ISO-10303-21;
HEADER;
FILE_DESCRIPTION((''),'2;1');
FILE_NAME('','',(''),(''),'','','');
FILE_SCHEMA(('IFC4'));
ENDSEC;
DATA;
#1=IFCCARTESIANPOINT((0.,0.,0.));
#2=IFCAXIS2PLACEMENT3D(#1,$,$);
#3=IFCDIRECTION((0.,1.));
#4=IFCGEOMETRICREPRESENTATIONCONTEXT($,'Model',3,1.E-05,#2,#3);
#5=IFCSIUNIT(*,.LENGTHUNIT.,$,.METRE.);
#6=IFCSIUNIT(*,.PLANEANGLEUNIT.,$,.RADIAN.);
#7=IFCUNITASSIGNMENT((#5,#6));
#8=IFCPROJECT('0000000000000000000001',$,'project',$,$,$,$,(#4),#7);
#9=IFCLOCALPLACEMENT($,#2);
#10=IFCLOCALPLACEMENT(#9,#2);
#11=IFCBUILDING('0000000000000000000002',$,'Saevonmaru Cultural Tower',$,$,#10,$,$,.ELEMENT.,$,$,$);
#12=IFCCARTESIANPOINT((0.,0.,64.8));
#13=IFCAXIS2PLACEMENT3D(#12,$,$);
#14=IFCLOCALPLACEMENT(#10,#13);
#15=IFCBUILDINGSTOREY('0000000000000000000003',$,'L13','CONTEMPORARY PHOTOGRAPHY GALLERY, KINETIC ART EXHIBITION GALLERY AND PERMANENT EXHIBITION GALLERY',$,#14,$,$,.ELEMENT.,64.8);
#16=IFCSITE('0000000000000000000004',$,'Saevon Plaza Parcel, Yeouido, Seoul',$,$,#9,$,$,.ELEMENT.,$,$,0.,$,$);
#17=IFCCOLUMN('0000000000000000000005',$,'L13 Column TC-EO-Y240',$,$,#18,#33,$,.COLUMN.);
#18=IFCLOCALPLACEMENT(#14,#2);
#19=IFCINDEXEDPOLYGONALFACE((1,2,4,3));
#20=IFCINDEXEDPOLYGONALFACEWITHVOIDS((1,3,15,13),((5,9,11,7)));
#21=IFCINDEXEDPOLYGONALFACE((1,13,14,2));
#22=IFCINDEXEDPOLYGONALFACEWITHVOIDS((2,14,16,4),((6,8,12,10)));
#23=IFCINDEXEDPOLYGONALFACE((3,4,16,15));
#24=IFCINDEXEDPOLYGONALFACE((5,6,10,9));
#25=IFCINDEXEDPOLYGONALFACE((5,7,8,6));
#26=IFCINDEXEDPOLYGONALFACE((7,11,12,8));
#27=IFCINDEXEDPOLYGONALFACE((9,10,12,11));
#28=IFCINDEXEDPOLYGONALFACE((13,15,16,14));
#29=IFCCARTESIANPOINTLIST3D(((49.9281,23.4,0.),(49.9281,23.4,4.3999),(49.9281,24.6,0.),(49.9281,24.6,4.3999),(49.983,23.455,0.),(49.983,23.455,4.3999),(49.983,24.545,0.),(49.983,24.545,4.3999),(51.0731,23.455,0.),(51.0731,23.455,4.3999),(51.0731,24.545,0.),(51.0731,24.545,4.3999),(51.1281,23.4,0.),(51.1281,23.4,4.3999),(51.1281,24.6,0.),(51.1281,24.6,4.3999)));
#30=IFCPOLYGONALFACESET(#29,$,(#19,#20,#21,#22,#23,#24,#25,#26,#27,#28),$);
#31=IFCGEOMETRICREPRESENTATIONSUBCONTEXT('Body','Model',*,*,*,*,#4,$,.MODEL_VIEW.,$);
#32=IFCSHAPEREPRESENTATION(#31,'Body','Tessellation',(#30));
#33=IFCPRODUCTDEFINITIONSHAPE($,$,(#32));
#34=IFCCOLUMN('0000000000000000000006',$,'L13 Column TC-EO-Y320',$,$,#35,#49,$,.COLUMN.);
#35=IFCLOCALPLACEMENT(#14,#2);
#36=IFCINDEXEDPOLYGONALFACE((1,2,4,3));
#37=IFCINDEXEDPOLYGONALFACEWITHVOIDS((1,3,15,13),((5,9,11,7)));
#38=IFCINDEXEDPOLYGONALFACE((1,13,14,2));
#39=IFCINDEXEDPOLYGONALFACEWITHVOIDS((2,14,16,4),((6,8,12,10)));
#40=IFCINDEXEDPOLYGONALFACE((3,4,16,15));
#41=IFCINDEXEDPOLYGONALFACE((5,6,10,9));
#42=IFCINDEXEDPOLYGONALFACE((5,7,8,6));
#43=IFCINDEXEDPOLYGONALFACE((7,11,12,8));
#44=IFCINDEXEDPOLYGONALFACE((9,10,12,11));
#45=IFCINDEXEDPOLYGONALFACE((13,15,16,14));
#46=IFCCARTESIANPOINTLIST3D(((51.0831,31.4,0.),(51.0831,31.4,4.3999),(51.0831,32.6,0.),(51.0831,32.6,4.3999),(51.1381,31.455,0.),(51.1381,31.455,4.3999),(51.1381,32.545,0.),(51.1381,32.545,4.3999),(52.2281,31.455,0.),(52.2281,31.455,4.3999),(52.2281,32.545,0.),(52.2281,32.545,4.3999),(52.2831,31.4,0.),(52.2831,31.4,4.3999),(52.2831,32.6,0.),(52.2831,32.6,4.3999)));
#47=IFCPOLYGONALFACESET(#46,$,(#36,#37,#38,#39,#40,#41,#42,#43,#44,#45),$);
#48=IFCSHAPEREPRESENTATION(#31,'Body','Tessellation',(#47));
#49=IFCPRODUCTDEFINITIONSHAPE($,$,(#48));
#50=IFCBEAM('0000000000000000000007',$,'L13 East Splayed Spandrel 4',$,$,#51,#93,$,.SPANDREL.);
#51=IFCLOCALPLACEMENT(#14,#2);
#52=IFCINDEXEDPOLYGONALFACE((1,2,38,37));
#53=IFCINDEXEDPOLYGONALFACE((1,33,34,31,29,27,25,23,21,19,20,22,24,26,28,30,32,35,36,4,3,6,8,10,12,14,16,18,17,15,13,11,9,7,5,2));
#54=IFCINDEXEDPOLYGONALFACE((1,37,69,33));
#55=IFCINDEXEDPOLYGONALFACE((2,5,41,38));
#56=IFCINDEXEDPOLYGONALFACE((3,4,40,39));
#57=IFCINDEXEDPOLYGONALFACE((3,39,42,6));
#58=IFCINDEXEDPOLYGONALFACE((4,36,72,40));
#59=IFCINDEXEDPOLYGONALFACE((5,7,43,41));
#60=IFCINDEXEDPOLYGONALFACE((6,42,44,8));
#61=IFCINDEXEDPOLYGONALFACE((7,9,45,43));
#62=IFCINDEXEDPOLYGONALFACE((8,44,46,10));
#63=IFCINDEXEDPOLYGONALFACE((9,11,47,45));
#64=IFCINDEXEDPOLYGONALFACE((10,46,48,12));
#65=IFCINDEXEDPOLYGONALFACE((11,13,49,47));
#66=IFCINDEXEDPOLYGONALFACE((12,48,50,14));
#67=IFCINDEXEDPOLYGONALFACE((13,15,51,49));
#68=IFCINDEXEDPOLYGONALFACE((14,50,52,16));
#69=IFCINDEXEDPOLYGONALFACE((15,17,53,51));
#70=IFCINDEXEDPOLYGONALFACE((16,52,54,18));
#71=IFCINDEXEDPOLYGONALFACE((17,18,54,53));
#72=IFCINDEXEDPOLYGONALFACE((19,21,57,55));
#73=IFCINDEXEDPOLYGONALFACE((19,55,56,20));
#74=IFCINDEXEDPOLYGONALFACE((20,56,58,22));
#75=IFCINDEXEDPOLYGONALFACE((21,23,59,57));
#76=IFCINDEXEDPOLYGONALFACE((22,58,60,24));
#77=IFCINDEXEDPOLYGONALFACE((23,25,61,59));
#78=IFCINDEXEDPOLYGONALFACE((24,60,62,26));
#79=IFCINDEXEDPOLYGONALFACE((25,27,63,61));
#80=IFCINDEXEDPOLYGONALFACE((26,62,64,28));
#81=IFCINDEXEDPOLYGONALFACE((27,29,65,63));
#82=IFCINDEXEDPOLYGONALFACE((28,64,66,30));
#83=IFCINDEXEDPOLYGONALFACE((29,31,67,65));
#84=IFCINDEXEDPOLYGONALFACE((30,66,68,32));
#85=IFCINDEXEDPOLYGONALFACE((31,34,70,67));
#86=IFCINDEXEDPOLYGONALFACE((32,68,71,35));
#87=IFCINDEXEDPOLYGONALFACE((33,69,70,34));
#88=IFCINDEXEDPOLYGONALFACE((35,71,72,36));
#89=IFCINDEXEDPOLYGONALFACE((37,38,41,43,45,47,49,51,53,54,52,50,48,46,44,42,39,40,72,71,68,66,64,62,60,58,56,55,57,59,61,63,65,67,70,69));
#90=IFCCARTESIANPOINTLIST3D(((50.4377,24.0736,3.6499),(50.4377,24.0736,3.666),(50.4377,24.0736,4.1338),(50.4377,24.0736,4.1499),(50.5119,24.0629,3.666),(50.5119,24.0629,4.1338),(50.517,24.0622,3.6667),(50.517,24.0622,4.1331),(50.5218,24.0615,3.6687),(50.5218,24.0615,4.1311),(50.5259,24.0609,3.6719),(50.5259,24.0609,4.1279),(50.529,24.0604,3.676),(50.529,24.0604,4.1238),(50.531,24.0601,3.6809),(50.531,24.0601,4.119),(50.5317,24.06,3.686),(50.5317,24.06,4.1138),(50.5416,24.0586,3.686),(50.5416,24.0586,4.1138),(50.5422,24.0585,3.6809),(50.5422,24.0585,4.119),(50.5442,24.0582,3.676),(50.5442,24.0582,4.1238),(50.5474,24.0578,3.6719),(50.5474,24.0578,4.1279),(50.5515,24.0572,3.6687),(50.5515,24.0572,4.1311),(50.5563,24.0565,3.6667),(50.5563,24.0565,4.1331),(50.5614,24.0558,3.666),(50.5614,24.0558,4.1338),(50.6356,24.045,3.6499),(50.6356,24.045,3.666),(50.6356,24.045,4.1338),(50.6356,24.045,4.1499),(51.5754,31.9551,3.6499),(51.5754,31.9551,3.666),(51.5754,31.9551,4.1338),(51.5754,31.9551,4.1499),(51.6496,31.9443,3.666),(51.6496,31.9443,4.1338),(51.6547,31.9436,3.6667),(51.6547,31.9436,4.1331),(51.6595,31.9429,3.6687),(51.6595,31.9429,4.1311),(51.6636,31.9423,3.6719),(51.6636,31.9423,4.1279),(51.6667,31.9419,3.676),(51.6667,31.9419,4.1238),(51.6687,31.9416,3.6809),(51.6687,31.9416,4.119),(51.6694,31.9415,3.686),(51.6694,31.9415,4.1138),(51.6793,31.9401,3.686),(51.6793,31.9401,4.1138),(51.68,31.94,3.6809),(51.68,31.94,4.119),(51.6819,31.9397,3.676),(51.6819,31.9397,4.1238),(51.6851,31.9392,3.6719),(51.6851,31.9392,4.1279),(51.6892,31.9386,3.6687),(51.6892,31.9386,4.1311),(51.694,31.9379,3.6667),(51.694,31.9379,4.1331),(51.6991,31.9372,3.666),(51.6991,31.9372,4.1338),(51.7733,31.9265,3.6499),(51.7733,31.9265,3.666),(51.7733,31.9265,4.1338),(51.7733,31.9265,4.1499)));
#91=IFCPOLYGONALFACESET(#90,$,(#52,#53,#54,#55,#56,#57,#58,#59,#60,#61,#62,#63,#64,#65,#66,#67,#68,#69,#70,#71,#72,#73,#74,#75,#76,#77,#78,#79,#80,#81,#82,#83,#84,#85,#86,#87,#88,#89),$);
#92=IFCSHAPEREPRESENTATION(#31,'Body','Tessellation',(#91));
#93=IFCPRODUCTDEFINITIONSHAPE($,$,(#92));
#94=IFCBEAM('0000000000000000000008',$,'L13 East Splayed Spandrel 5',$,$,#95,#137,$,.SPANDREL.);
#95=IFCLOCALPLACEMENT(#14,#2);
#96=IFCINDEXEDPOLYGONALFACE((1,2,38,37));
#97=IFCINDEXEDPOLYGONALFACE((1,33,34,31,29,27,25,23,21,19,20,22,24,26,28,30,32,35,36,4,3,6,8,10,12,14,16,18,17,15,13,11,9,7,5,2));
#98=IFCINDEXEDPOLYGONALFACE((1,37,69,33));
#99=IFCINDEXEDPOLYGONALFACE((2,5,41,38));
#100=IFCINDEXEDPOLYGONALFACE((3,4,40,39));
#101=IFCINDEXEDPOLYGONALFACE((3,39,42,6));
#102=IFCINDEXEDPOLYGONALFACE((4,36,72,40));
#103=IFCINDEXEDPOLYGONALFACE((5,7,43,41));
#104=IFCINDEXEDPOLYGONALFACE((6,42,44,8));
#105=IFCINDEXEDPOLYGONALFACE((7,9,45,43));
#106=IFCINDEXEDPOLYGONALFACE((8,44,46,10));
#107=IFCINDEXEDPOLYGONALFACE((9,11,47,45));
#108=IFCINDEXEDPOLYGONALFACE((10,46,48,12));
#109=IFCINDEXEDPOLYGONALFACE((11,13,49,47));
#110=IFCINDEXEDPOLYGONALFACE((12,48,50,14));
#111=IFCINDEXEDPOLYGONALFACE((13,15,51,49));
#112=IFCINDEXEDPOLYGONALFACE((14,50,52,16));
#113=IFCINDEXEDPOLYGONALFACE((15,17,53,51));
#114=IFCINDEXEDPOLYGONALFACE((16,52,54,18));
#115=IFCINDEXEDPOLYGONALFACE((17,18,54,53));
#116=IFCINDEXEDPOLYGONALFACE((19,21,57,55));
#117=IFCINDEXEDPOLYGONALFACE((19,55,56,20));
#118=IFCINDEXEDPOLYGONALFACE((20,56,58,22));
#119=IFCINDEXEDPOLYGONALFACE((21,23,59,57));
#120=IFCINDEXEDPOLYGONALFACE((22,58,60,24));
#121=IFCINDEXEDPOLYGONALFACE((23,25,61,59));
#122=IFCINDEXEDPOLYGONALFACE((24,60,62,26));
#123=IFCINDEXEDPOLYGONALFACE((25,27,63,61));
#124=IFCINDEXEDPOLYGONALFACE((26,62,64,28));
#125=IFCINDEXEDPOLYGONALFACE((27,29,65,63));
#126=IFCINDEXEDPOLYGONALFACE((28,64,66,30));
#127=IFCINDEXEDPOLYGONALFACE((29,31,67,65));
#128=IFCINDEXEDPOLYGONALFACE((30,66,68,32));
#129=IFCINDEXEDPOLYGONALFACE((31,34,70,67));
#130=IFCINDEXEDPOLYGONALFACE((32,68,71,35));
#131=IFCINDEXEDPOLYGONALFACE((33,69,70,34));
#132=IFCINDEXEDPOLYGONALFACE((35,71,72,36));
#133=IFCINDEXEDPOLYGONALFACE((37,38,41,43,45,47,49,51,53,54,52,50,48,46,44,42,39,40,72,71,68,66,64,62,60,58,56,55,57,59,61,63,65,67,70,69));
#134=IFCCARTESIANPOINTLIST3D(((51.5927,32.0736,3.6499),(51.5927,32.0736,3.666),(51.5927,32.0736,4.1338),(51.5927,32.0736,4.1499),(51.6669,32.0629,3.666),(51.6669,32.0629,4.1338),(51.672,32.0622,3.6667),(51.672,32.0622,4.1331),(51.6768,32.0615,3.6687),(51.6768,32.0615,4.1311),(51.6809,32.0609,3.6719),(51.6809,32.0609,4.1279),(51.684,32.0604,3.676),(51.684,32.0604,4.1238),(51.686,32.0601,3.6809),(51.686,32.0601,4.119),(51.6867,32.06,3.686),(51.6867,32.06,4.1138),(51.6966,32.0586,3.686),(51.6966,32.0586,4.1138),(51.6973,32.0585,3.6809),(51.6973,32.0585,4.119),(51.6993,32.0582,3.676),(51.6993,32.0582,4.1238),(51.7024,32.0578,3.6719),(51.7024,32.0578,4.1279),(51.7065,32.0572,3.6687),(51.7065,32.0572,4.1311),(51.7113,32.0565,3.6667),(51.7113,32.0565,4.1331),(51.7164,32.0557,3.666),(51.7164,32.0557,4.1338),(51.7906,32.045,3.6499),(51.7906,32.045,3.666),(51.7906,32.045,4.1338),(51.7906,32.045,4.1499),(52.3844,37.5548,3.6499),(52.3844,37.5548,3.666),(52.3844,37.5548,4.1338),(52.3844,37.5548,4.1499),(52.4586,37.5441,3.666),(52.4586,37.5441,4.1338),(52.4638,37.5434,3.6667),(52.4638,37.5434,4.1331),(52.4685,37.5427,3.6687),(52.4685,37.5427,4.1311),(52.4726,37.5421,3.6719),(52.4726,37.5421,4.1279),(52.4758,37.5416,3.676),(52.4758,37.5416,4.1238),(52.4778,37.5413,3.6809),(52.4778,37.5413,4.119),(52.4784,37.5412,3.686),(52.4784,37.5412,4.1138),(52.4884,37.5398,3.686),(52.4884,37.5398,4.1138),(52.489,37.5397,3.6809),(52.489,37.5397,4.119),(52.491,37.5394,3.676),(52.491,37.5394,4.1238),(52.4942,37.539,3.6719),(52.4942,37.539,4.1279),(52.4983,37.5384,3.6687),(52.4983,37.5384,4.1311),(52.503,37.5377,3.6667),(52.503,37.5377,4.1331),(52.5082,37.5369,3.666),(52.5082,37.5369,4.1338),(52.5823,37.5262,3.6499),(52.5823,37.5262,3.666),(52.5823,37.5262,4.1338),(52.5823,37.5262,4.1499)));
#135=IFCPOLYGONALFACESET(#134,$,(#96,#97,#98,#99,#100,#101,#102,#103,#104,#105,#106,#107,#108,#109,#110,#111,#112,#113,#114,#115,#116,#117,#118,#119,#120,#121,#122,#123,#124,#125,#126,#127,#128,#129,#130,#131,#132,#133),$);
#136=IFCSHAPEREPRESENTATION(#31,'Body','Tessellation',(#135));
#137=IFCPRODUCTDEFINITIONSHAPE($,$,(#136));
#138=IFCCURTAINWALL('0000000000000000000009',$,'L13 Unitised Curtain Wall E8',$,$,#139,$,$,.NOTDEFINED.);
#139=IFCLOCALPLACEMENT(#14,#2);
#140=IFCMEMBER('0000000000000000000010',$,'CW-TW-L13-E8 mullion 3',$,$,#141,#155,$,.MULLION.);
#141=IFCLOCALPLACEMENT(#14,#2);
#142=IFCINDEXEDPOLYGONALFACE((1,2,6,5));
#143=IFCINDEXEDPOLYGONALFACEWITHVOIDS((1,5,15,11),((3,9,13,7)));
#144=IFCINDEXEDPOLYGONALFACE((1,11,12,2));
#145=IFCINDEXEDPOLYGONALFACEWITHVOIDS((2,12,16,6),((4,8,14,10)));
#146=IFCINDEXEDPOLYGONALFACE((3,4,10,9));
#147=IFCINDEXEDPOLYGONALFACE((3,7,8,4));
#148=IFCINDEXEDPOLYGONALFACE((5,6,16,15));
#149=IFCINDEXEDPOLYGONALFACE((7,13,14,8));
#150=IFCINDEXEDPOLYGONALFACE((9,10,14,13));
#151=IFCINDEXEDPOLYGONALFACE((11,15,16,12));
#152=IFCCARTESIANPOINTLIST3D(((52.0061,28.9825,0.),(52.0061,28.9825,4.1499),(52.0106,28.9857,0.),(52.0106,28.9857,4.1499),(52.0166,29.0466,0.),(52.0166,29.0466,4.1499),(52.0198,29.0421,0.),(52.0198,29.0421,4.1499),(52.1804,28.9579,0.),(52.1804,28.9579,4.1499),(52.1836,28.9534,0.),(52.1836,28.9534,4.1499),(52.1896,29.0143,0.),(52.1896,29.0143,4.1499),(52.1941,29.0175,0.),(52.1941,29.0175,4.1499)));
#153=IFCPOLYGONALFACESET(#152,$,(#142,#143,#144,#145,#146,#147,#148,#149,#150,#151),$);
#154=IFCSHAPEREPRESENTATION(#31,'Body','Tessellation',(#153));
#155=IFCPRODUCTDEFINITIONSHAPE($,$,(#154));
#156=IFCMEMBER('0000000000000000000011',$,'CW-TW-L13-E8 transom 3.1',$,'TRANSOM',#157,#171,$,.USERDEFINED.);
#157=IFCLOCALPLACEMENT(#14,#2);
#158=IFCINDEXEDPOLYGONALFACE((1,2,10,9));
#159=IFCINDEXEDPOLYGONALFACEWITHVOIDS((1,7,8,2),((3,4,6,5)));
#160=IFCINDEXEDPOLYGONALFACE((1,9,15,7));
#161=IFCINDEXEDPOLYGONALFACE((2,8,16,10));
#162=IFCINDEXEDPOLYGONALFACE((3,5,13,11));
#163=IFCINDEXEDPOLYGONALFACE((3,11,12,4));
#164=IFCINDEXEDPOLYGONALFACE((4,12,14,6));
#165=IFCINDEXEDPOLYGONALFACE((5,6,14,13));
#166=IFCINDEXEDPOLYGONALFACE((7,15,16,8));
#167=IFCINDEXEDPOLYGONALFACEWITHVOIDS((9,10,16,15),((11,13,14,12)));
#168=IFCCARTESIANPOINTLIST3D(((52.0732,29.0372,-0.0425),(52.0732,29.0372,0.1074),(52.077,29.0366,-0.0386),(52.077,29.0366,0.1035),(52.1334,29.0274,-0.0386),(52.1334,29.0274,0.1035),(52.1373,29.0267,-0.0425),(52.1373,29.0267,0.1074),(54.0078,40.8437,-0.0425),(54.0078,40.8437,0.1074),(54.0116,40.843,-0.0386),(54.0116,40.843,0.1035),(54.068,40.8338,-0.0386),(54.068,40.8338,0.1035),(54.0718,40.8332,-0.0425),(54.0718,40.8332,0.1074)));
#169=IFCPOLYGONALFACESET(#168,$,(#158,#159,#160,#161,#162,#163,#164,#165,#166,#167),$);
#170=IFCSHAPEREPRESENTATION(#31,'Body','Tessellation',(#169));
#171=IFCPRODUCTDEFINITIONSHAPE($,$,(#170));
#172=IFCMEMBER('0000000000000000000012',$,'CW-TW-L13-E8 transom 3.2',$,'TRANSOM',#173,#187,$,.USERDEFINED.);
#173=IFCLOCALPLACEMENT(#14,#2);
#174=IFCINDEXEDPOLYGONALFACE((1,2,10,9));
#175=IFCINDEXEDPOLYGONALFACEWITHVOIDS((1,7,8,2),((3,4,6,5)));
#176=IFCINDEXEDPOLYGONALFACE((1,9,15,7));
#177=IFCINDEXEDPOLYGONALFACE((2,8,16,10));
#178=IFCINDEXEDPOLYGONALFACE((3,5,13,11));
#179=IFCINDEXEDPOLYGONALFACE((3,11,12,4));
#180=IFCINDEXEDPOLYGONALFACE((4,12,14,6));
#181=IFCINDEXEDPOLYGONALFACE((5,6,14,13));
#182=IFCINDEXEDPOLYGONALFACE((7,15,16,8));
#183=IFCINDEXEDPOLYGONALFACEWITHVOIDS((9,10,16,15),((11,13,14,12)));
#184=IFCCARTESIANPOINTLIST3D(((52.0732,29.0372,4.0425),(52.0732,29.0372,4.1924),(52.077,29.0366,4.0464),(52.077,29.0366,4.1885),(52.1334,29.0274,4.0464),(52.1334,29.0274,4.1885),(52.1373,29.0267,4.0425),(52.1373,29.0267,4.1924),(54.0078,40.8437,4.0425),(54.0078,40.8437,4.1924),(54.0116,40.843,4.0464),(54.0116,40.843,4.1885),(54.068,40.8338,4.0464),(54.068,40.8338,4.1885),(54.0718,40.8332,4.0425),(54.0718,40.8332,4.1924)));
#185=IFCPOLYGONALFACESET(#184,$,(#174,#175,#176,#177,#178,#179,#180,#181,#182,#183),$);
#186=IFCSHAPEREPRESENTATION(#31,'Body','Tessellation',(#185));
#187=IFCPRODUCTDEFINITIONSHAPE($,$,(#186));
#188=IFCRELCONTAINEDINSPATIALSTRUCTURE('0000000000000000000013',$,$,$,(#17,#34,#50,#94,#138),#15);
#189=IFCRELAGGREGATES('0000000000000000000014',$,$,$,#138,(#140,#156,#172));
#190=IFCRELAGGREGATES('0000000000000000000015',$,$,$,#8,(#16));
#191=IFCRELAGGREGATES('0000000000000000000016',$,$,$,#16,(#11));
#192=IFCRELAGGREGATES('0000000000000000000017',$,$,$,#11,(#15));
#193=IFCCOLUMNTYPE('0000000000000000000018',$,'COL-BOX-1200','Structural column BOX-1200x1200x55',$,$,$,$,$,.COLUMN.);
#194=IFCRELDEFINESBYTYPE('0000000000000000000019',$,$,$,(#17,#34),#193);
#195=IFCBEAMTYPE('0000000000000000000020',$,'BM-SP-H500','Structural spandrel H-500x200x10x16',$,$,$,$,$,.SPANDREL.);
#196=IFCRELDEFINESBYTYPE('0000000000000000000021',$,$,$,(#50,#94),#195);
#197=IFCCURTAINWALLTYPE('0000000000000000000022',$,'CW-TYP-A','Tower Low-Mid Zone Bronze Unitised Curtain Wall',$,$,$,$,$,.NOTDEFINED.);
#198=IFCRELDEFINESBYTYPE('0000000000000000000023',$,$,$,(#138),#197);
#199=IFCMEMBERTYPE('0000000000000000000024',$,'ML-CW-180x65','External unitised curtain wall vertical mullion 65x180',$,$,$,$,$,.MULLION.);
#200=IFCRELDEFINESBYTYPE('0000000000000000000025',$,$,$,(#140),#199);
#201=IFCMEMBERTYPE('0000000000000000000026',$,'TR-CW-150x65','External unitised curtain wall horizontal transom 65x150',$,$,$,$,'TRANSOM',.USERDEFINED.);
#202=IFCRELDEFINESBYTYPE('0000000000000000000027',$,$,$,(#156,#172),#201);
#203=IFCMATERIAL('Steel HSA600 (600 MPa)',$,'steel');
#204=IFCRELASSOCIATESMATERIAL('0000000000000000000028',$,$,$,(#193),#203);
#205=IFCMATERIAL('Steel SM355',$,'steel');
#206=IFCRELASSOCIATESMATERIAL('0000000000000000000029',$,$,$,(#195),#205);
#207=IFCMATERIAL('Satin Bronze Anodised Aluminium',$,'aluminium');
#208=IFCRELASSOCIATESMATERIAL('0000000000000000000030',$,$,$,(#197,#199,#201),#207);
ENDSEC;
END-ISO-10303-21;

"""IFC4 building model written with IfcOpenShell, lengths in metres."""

from ifc_helpers import new_model, si_unit, direction, frame, origin, origin_2d, place, context, subcontext, project, spatial, hollow_rectangle, i_section, extrude, material, material_profile, profile_set, type_object, element, aggregate, save


model = new_model("IFC4")

# Units and contexts
model_context = context("Model", 3, precision=1e-05, world=origin(), true_north=direction((0.0, 1.0)))
body_context = subcontext(model_context, "Body", "Model", "MODEL_VIEW")
ifc_project = project(units=[si_unit("LENGTHUNIT", "METRE"), si_unit("PLANEANGLEUNIT", "RADIAN")], contexts=[model_context])

# Site, building, storey
site_placement = place(None, origin())
site = spatial("IfcSite", under=ifc_project, at=site_placement, Name="Saevon Plaza Parcel, Yeouido, Seoul", CompositionType="ELEMENT", RefElevation=0.0)
building_placement = place(site_placement, origin())
building = spatial("IfcBuilding", under=site, at=building_placement, Name="Saevonmaru Cultural Tower", CompositionType="ELEMENT")
storey_placement = place(building_placement, frame((0.0, 0.0, 64.8)))
storey = spatial("IfcBuildingStorey", under=building, at=storey_placement, Name="L13", Description="CONTEMPORARY PHOTOGRAPHY GALLERY, KINETIC ART EXHIBITION GALLERY AND PERMANENT EXHIBITION GALLERY", CompositionType="ELEMENT", Elevation=64.8)

# Columns
ifc_material_1 = material(Name="Steel HSA600 (600 MPa)", Category="steel")
ifc_material_profile_1 = material_profile(ifc_material_1, hollow_rectangle(XDim=1.2, YDim=1.2, WallThickness=0.0549, at=origin_2d()), Name="BOX-1200x1200x55")
ifc_profile_set_1 = profile_set([ifc_material_profile_1], Name="Steel HSA600 (600 MPa)")
column_type = type_object("IfcColumnType", Name="COL-BOX-1200", Description="Structural column BOX-1200x1200x55", PredefinedType="COLUMN", material=ifc_profile_set_1)
for number, where, z_axis, x_axis, name in (
    (1, (50.5281, 24.0, 0.0), (0.0, 0.0, 1.0), (1.0, 0.0, 0.0), "L13 Column TC-EO-Y240"),
    (2, (51.6831, 32.0, 0.0), (0.0, 0.0, 1.0), (1.0, 0.0, 0.0), "L13 Column TC-EO-Y320"),
):
    element("IfcColumn", number, at=place(storey_placement, frame(where, z_axis=z_axis, x_axis=x_axis)), inside=storey, type_object=column_type, Name=name, PredefinedType="COLUMN", context=body_context, shape_type="SweptSolid", body=[
        extrude(hollow_rectangle(XDim=1.2, YDim=1.2, WallThickness=0.0549, at=origin_2d()), origin(), (0.0, 0.0, 1.0), 4.3999),
    ])

# Beams
ifc_material_2 = material(Name="Steel SM355", Category="steel")
ifc_material_profile_2 = material_profile(ifc_material_2, i_section(OverallWidth=0.2, OverallDepth=0.5, WebThickness=0.01, FlangeThickness=0.0161, FilletRadius=0.02, at=origin_2d()), Name="H-500x200x10x16")
ifc_profile_set_2 = profile_set([ifc_material_profile_2], Name="Steel SM355")
beam_type = type_object("IfcBeamType", Name="BM-SP-H500", Description="Structural spandrel H-500x200x10x16", PredefinedType="SPANDREL", material=ifc_profile_set_2)
beam_1_placement = place(storey_placement, frame((50.5366, 24.0593, 3.8999), z_axis=(0.142872, 0.989741, 0.0), x_axis=(-0.989741, 0.142872, 0.0)))
element("IfcBeam", 3, at=beam_1_placement, inside=storey, type_object=beam_type, Name="L13 East Splayed Spandrel 4", PredefinedType="SPANDREL", context=body_context, shape_type="SweptSolid", body=[
    extrude(i_section(OverallWidth=0.2, OverallDepth=0.5, WebThickness=0.01, FlangeThickness=0.0161, FilletRadius=0.02, at=origin_2d()), origin(), (0.0, 0.0, 1.0), 7.9631),
])
beam_2_placement = place(storey_placement, frame((51.6917, 32.0593, 3.8999), z_axis=(0.142964, 0.989728, 0.0), x_axis=(-0.989728, 0.142964, 0.0)))
element("IfcBeam", 4, at=beam_2_placement, inside=storey, type_object=beam_type, Name="L13 East Splayed Spandrel 5", PredefinedType="SPANDREL", context=body_context, shape_type="SweptSolid", body=[
    extrude(i_section(OverallWidth=0.2, OverallDepth=0.5, WebThickness=0.01, FlangeThickness=0.0161, FilletRadius=0.02, at=origin_2d()), origin(), (0.0, 0.0, 1.0), 5.5381),
])

# Curtain wall, members
ifc_material_3 = material(Name="Satin Bronze Anodised Aluminium", Category="aluminium")
curtain_wall_type = type_object("IfcCurtainWallType", Name="CW-TYP-A", Description="Tower Low-Mid Zone Bronze Unitised Curtain Wall", PredefinedType="NOTDEFINED", material=ifc_material_3)
curtain_wall_placement = place(storey_placement, origin())
curtain_wall = element("IfcCurtainWall", 5, at=curtain_wall_placement, inside=storey, type_object=curtain_wall_type, Name="L13 Unitised Curtain Wall E8", PredefinedType="NOTDEFINED")
ifc_material_profile_3 = material_profile(ifc_material_3, hollow_rectangle(XDim=0.0649, YDim=0.1799, WallThickness=0.0039, at=origin_2d()), Name="ALU-MULL-180x65x4")
ifc_profile_set_3 = profile_set([ifc_material_profile_3], Name="Satin Bronze Anodised Aluminium")
member_type_1 = type_object("IfcMemberType", Name="ML-CW-180x65", Description="External unitised curtain wall vertical mullion 65x180", PredefinedType="MULLION", material=ifc_profile_set_3)
member_1_placement = place(storey_placement, frame((52.1001, 29.0, 0.0), z_axis=(0.0, 0.0, 1.0), x_axis=(0.161709, 0.986839, 0.0)))
member_1 = element("IfcMember", 6, at=member_1_placement, type_object=member_type_1, Name="CW-TW-L13-E8 mullion 3", PredefinedType="MULLION", context=body_context, shape_type="SweptSolid", body=[
    extrude(hollow_rectangle(XDim=0.0649, YDim=0.1799, WallThickness=0.0039, at=origin_2d()), origin(), (0.0, 0.0, 1.0), 4.1499),
])
ifc_material_profile_4 = material_profile(ifc_material_3, hollow_rectangle(XDim=0.0649, YDim=0.1499, WallThickness=0.0039, at=origin_2d()), Name="ALU-TRAN-150x65x4")
ifc_profile_set_4 = profile_set([ifc_material_profile_4], Name="Satin Bronze Anodised Aluminium")
member_type_2 = type_object("IfcMemberType", Name="TR-CW-150x65", Description="External unitised curtain wall horizontal transom 65x150", ElementType="TRANSOM", PredefinedType="USERDEFINED", material=ifc_profile_set_4)
member_2_placement = place(storey_placement, frame((52.1052, 29.032, 0.0325), z_axis=(0.161701, 0.98684, 0.0), x_axis=(-0.98684, 0.161701, 0.0)))
member_2 = element("IfcMember", 7, at=member_2_placement, type_object=member_type_2, Name="CW-TW-L13-E8 transom 3.1", ObjectType="TRANSOM", PredefinedType="USERDEFINED", context=body_context, shape_type="SweptSolid", body=[
    extrude(hollow_rectangle(XDim=0.0649, YDim=0.1499, WallThickness=0.0039, at=origin_2d()), origin(), (0.0, 0.0, 1.0), 11.9639),
])
member_3_placement = place(storey_placement, frame((52.1052, 29.032, 4.1174), z_axis=(0.161701, 0.98684, 0.0), x_axis=(-0.98684, 0.161701, 0.0)))
member_3 = element("IfcMember", 8, at=member_3_placement, type_object=member_type_2, Name="CW-TW-L13-E8 transom 3.2", ObjectType="TRANSOM", PredefinedType="USERDEFINED", context=body_context, shape_type="SweptSolid", body=[
    extrude(hollow_rectangle(XDim=0.0649, YDim=0.1499, WallThickness=0.0039, at=origin_2d()), origin(), (0.0, 0.0, 1.0), 11.9639),
])
aggregate(curtain_wall, [member_1, member_2, member_3])

save(model, "model.ifc")
